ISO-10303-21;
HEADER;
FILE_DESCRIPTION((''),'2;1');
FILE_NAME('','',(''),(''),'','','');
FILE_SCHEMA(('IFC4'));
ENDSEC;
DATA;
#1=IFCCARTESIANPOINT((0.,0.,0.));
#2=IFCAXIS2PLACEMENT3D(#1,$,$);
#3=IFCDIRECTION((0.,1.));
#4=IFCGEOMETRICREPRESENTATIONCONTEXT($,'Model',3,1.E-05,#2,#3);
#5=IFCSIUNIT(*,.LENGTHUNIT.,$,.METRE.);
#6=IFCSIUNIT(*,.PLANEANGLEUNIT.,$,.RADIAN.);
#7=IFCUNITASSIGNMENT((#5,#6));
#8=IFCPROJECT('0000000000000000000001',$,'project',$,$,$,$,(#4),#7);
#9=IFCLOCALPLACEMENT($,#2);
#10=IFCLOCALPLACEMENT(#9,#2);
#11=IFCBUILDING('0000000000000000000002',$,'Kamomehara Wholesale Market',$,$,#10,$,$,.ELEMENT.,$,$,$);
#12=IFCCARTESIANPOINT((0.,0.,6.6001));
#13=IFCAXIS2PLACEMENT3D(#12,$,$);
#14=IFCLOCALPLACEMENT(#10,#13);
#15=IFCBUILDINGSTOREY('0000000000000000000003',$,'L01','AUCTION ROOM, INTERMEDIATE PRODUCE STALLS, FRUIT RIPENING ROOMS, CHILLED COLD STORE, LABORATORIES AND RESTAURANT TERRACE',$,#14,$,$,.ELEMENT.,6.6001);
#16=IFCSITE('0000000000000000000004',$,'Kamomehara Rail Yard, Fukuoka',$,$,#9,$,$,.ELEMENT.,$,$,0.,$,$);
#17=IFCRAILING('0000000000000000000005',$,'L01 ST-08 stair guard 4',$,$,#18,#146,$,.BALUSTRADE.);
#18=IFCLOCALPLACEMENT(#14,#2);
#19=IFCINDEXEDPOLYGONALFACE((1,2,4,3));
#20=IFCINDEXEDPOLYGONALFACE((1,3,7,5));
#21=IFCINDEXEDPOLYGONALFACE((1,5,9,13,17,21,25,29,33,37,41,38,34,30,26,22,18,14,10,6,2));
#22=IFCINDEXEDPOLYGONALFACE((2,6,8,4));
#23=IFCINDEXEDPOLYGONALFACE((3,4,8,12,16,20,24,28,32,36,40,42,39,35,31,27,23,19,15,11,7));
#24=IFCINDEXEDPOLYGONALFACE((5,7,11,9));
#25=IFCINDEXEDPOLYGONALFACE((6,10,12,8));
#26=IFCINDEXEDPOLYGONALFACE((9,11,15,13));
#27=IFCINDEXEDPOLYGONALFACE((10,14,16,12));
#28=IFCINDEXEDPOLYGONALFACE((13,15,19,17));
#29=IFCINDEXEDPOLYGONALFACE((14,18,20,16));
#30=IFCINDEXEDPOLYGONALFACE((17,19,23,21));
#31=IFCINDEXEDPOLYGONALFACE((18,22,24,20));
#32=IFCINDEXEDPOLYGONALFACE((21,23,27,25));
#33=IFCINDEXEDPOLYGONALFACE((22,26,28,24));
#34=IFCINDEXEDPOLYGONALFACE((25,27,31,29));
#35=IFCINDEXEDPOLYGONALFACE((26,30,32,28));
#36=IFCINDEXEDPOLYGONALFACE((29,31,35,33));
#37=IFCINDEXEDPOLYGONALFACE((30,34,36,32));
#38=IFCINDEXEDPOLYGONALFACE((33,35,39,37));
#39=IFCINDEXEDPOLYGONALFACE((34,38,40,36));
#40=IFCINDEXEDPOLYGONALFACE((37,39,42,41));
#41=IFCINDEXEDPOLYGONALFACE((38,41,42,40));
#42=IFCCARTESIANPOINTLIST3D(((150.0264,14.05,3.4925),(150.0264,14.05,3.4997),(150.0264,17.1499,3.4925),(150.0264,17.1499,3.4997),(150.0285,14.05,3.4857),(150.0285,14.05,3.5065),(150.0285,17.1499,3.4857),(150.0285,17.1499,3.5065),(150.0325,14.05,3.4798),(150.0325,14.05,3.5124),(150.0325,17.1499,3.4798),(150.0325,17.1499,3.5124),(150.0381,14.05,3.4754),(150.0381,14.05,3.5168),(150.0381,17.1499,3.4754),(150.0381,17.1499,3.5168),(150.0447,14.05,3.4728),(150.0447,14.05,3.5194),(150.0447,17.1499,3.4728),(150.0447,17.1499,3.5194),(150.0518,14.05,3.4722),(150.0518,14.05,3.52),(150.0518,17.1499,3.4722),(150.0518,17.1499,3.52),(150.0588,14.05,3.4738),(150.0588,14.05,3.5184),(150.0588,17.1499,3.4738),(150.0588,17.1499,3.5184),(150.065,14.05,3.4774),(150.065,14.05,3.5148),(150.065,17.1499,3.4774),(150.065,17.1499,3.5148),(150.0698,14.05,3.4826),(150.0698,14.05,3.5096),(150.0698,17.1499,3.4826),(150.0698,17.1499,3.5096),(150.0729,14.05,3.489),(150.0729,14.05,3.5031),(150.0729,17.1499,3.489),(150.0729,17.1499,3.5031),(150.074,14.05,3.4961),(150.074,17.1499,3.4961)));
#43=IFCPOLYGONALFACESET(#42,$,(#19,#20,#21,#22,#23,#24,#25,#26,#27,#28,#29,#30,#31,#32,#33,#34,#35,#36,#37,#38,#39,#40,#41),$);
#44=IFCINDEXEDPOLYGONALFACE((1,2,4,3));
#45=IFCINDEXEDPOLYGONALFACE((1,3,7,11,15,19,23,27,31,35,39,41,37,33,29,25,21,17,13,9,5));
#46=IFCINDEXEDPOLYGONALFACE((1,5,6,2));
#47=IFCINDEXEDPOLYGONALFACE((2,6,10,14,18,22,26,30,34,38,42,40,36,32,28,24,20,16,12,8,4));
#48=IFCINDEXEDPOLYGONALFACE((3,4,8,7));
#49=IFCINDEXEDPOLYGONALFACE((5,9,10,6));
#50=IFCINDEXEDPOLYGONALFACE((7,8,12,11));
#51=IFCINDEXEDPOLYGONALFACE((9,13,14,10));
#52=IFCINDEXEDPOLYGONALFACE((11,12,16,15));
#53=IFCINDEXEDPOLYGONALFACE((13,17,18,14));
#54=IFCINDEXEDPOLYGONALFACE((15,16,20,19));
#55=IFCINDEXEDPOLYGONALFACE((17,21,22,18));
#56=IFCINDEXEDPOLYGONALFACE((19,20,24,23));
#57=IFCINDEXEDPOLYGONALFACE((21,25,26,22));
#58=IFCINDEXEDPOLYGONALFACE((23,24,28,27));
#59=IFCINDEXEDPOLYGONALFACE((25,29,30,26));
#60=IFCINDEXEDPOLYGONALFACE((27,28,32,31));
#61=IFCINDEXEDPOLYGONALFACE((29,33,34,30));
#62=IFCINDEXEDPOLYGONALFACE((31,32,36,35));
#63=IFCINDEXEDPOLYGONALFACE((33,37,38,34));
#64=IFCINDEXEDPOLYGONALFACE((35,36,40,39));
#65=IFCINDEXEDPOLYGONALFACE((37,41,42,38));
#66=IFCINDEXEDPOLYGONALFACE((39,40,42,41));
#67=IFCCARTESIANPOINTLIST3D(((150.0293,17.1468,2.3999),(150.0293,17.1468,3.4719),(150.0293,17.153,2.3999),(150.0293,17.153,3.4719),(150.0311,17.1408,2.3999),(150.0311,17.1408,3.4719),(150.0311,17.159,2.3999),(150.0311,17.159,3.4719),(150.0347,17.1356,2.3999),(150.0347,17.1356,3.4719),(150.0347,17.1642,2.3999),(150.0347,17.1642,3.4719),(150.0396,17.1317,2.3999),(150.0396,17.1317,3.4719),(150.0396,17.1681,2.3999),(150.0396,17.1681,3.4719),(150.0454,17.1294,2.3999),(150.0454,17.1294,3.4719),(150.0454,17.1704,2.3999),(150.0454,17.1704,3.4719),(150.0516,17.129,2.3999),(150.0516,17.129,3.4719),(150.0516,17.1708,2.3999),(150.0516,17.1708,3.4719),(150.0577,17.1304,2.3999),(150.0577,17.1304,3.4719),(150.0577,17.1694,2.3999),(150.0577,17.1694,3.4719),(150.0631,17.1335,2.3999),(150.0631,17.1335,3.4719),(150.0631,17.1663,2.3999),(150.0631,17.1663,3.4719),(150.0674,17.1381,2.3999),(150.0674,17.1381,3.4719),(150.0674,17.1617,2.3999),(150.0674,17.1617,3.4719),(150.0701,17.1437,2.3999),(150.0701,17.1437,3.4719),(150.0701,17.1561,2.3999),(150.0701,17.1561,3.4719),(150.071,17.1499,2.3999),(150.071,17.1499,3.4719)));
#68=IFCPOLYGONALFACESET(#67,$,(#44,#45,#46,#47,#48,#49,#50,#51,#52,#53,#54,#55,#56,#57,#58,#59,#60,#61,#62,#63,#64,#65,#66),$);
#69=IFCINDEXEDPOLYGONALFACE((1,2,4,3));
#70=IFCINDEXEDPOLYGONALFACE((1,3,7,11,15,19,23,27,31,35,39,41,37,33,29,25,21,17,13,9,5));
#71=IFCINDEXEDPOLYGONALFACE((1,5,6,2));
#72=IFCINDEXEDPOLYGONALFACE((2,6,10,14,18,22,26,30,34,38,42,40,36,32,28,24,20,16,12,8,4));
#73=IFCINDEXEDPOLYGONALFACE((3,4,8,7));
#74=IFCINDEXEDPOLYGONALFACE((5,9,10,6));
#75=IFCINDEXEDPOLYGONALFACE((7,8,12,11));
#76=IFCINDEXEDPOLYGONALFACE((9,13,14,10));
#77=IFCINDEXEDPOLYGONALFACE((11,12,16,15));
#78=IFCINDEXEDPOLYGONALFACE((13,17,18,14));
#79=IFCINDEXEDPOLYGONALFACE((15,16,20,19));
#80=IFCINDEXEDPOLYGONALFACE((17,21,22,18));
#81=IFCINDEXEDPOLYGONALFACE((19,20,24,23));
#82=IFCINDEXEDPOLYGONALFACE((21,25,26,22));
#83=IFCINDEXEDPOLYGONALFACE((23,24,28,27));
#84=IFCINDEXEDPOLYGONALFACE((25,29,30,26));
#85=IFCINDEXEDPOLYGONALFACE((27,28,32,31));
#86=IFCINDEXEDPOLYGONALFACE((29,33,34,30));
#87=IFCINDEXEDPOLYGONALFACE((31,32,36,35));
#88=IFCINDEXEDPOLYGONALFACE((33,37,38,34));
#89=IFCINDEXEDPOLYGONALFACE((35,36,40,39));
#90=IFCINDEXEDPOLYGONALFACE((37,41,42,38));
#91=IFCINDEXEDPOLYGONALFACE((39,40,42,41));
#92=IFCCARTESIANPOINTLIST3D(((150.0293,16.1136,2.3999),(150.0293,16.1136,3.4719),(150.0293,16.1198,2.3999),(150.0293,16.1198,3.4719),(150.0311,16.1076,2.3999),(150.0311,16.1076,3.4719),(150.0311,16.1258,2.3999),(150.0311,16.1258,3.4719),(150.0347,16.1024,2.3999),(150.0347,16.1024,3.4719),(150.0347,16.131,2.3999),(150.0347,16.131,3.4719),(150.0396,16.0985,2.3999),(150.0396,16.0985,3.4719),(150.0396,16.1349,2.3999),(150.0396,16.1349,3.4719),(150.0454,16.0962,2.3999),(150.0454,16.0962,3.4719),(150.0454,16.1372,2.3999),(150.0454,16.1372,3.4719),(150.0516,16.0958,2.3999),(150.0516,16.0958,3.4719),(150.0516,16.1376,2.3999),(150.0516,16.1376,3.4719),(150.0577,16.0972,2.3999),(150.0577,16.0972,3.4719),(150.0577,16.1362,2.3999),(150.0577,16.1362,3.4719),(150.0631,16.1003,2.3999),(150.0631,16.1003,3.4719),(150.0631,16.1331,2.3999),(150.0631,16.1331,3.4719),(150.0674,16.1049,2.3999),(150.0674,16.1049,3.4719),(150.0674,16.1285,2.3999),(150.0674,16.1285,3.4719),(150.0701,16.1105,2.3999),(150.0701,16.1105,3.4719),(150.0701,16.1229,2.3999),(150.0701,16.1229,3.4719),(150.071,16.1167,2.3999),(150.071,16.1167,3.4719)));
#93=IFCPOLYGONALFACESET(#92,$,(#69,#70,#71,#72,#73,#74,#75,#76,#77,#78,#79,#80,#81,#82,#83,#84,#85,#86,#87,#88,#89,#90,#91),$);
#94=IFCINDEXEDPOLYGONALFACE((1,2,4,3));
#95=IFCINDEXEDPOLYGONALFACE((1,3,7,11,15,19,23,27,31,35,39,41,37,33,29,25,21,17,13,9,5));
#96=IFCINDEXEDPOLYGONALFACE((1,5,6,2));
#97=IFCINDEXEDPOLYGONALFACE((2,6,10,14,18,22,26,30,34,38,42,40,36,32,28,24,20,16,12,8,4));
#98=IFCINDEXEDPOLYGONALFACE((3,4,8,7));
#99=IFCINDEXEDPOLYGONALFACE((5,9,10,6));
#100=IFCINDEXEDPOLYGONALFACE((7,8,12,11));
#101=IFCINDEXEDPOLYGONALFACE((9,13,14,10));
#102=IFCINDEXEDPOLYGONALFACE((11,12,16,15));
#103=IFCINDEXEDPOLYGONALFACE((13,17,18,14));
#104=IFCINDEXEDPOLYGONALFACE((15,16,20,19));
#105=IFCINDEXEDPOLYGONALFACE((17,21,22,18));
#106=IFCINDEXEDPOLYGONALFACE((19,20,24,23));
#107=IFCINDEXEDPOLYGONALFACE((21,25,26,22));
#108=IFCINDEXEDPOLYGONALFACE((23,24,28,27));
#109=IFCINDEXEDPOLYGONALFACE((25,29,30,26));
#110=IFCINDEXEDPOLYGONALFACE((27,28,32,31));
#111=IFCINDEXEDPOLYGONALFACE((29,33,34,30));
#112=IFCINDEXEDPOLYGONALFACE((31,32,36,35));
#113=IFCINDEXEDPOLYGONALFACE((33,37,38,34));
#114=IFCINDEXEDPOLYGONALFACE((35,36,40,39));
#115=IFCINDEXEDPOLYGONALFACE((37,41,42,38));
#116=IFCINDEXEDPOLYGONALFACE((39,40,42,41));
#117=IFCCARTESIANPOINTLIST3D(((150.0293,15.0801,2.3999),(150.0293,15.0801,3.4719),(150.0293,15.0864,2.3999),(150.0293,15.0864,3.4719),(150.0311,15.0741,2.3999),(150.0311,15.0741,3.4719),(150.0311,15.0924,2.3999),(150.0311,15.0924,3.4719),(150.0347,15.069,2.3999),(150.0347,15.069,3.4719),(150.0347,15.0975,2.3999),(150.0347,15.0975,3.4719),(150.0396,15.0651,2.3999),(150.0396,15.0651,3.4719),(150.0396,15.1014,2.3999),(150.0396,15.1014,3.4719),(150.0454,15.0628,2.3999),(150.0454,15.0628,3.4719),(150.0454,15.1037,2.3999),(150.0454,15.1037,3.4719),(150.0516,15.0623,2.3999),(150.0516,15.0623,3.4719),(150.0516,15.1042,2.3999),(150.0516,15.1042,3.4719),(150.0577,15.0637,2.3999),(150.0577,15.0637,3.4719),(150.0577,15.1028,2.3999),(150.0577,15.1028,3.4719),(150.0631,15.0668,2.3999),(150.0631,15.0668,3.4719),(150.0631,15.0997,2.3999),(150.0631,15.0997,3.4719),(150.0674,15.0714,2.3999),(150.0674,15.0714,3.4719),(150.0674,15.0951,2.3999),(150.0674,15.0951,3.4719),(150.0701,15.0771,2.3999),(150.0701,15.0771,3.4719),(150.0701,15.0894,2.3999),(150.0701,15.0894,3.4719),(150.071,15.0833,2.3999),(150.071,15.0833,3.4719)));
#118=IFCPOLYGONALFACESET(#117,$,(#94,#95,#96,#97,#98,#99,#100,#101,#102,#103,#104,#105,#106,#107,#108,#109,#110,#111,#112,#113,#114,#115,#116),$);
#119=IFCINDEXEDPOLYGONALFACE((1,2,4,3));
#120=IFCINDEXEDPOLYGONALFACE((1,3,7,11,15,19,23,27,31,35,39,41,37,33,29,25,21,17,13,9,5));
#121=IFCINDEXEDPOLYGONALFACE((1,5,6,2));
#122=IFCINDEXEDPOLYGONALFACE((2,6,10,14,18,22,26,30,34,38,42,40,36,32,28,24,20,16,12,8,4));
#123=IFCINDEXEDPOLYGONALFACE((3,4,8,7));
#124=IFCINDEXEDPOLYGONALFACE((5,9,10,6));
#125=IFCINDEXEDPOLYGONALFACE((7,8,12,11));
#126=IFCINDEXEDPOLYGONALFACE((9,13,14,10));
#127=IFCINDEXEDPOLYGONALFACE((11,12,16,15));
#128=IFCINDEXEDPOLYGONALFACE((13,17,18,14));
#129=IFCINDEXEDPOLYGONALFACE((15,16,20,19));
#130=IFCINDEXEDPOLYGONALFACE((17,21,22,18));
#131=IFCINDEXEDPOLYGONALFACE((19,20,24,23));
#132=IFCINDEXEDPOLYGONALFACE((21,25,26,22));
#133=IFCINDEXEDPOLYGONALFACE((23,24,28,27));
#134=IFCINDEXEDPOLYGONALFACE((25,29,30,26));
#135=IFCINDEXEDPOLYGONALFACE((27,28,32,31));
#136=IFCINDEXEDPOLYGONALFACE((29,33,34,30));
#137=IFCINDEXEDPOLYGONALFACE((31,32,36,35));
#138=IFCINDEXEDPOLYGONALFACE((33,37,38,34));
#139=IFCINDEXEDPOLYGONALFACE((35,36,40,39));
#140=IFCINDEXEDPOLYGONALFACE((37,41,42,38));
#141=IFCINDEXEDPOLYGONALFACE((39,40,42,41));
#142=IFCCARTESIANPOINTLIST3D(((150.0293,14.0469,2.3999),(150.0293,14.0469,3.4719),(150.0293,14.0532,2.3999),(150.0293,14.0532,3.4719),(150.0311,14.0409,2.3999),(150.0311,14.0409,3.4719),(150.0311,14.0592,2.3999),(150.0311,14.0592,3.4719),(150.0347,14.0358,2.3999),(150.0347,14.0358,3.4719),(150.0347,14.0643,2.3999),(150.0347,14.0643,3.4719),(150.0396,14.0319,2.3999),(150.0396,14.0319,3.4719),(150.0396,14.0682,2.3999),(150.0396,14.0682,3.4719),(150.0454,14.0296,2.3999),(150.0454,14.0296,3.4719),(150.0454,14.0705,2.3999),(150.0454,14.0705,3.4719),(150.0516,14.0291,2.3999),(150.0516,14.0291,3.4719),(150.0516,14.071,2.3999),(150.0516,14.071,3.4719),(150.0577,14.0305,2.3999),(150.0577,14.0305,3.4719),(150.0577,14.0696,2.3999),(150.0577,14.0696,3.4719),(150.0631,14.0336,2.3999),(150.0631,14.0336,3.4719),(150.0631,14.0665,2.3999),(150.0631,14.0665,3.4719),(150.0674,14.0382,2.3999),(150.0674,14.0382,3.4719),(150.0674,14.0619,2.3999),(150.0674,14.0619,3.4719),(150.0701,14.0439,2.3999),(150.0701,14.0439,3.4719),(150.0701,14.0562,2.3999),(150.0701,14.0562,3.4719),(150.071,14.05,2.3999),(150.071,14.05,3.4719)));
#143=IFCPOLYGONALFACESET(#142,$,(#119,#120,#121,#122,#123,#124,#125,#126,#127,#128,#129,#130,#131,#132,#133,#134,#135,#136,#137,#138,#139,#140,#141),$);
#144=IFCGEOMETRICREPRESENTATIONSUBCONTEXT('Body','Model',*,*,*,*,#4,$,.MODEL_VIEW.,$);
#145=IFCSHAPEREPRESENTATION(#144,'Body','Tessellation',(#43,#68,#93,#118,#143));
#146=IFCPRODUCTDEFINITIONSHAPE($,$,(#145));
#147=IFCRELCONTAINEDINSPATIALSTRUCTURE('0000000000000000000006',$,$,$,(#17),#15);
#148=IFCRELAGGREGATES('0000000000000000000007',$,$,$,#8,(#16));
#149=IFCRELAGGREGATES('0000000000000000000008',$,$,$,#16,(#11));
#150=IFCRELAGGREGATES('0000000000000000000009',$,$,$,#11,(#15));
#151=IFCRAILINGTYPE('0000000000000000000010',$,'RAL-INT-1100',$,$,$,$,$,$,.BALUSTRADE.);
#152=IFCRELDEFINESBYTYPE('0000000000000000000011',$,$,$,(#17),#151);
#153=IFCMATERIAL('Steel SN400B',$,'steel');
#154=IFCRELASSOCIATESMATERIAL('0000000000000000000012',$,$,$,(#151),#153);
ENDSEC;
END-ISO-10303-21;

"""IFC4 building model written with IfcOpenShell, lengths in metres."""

from ifc_helpers import new_model, si_unit, direction, frame, origin, origin_2d, place, context, subcontext, project, spatial, circle, extrude, material, type_object, element, save


model = new_model("IFC4")

# Units and contexts
model_context = context("Model", 3, precision=1e-05, world=origin(), true_north=direction((0.0, 1.0)))
body_context = subcontext(model_context, "Body", "Model", "MODEL_VIEW")
ifc_project = project(units=[si_unit("LENGTHUNIT", "METRE"), si_unit("PLANEANGLEUNIT", "RADIAN")], contexts=[model_context])

# Site, building, storey
site_placement = place(None, origin())
site = spatial("IfcSite", under=ifc_project, at=site_placement, Name="Kamomehara Rail Yard, Fukuoka", CompositionType="ELEMENT", RefElevation=0.0)
building_placement = place(site_placement, origin())
building = spatial("IfcBuilding", under=site, at=building_placement, Name="Kamomehara Wholesale Market", CompositionType="ELEMENT")
storey_placement = place(building_placement, frame((0.0, 0.0, 6.6001)))
storey = spatial("IfcBuildingStorey", under=building, at=storey_placement, Name="L01", Description="AUCTION ROOM, INTERMEDIATE PRODUCE STALLS, FRUIT RIPENING ROOMS, CHILLED COLD STORE, LABORATORIES AND RESTAURANT TERRACE", CompositionType="ELEMENT", Elevation=6.6001)

# Railing
ifc_material_1 = material(Name="Steel SN400B", Category="steel")
railing_type_1 = type_object("IfcRailingType", Name="RAL-INT-1100", PredefinedType="BALUSTRADE", material=ifc_material_1)
railing_1_placement = place(storey_placement, frame((150.05, 17.1499, 2.3999)))
element("IfcRailing", 1, at=railing_1_placement, inside=storey, type_object=railing_type_1, Name="L01 ST-08 stair guard 4", PredefinedType="BALUSTRADE", context=body_context, shape_type="SweptSolid", body=[
    extrude(circle(Radius=0.0239, at=origin_2d()), frame((0.0, 0.0, 1.0962), z_axis=(0.0, -1.0, 0.0), x_axis=(1.0, 0.0, 0.0)), (0.0, 0.0, 1.0), 3.0999),
    extrude(circle(Radius=0.021, at=origin_2d()), origin(), (0.0, 0.0, 1.0), 1.072),
    extrude(circle(Radius=0.021, at=origin_2d()), frame((0.0, -1.0332, 0.0)), (0.0, 0.0, 1.0), 1.072),
    extrude(circle(Radius=0.021, at=origin_2d()), frame((0.0, -2.0667, 0.0)), (0.0, 0.0, 1.0), 1.072),
    extrude(circle(Radius=0.021, at=origin_2d()), frame((0.0, -3.0999, 0.0)), (0.0, 0.0, 1.0), 1.072),
])

save(model, "model.ifc")
